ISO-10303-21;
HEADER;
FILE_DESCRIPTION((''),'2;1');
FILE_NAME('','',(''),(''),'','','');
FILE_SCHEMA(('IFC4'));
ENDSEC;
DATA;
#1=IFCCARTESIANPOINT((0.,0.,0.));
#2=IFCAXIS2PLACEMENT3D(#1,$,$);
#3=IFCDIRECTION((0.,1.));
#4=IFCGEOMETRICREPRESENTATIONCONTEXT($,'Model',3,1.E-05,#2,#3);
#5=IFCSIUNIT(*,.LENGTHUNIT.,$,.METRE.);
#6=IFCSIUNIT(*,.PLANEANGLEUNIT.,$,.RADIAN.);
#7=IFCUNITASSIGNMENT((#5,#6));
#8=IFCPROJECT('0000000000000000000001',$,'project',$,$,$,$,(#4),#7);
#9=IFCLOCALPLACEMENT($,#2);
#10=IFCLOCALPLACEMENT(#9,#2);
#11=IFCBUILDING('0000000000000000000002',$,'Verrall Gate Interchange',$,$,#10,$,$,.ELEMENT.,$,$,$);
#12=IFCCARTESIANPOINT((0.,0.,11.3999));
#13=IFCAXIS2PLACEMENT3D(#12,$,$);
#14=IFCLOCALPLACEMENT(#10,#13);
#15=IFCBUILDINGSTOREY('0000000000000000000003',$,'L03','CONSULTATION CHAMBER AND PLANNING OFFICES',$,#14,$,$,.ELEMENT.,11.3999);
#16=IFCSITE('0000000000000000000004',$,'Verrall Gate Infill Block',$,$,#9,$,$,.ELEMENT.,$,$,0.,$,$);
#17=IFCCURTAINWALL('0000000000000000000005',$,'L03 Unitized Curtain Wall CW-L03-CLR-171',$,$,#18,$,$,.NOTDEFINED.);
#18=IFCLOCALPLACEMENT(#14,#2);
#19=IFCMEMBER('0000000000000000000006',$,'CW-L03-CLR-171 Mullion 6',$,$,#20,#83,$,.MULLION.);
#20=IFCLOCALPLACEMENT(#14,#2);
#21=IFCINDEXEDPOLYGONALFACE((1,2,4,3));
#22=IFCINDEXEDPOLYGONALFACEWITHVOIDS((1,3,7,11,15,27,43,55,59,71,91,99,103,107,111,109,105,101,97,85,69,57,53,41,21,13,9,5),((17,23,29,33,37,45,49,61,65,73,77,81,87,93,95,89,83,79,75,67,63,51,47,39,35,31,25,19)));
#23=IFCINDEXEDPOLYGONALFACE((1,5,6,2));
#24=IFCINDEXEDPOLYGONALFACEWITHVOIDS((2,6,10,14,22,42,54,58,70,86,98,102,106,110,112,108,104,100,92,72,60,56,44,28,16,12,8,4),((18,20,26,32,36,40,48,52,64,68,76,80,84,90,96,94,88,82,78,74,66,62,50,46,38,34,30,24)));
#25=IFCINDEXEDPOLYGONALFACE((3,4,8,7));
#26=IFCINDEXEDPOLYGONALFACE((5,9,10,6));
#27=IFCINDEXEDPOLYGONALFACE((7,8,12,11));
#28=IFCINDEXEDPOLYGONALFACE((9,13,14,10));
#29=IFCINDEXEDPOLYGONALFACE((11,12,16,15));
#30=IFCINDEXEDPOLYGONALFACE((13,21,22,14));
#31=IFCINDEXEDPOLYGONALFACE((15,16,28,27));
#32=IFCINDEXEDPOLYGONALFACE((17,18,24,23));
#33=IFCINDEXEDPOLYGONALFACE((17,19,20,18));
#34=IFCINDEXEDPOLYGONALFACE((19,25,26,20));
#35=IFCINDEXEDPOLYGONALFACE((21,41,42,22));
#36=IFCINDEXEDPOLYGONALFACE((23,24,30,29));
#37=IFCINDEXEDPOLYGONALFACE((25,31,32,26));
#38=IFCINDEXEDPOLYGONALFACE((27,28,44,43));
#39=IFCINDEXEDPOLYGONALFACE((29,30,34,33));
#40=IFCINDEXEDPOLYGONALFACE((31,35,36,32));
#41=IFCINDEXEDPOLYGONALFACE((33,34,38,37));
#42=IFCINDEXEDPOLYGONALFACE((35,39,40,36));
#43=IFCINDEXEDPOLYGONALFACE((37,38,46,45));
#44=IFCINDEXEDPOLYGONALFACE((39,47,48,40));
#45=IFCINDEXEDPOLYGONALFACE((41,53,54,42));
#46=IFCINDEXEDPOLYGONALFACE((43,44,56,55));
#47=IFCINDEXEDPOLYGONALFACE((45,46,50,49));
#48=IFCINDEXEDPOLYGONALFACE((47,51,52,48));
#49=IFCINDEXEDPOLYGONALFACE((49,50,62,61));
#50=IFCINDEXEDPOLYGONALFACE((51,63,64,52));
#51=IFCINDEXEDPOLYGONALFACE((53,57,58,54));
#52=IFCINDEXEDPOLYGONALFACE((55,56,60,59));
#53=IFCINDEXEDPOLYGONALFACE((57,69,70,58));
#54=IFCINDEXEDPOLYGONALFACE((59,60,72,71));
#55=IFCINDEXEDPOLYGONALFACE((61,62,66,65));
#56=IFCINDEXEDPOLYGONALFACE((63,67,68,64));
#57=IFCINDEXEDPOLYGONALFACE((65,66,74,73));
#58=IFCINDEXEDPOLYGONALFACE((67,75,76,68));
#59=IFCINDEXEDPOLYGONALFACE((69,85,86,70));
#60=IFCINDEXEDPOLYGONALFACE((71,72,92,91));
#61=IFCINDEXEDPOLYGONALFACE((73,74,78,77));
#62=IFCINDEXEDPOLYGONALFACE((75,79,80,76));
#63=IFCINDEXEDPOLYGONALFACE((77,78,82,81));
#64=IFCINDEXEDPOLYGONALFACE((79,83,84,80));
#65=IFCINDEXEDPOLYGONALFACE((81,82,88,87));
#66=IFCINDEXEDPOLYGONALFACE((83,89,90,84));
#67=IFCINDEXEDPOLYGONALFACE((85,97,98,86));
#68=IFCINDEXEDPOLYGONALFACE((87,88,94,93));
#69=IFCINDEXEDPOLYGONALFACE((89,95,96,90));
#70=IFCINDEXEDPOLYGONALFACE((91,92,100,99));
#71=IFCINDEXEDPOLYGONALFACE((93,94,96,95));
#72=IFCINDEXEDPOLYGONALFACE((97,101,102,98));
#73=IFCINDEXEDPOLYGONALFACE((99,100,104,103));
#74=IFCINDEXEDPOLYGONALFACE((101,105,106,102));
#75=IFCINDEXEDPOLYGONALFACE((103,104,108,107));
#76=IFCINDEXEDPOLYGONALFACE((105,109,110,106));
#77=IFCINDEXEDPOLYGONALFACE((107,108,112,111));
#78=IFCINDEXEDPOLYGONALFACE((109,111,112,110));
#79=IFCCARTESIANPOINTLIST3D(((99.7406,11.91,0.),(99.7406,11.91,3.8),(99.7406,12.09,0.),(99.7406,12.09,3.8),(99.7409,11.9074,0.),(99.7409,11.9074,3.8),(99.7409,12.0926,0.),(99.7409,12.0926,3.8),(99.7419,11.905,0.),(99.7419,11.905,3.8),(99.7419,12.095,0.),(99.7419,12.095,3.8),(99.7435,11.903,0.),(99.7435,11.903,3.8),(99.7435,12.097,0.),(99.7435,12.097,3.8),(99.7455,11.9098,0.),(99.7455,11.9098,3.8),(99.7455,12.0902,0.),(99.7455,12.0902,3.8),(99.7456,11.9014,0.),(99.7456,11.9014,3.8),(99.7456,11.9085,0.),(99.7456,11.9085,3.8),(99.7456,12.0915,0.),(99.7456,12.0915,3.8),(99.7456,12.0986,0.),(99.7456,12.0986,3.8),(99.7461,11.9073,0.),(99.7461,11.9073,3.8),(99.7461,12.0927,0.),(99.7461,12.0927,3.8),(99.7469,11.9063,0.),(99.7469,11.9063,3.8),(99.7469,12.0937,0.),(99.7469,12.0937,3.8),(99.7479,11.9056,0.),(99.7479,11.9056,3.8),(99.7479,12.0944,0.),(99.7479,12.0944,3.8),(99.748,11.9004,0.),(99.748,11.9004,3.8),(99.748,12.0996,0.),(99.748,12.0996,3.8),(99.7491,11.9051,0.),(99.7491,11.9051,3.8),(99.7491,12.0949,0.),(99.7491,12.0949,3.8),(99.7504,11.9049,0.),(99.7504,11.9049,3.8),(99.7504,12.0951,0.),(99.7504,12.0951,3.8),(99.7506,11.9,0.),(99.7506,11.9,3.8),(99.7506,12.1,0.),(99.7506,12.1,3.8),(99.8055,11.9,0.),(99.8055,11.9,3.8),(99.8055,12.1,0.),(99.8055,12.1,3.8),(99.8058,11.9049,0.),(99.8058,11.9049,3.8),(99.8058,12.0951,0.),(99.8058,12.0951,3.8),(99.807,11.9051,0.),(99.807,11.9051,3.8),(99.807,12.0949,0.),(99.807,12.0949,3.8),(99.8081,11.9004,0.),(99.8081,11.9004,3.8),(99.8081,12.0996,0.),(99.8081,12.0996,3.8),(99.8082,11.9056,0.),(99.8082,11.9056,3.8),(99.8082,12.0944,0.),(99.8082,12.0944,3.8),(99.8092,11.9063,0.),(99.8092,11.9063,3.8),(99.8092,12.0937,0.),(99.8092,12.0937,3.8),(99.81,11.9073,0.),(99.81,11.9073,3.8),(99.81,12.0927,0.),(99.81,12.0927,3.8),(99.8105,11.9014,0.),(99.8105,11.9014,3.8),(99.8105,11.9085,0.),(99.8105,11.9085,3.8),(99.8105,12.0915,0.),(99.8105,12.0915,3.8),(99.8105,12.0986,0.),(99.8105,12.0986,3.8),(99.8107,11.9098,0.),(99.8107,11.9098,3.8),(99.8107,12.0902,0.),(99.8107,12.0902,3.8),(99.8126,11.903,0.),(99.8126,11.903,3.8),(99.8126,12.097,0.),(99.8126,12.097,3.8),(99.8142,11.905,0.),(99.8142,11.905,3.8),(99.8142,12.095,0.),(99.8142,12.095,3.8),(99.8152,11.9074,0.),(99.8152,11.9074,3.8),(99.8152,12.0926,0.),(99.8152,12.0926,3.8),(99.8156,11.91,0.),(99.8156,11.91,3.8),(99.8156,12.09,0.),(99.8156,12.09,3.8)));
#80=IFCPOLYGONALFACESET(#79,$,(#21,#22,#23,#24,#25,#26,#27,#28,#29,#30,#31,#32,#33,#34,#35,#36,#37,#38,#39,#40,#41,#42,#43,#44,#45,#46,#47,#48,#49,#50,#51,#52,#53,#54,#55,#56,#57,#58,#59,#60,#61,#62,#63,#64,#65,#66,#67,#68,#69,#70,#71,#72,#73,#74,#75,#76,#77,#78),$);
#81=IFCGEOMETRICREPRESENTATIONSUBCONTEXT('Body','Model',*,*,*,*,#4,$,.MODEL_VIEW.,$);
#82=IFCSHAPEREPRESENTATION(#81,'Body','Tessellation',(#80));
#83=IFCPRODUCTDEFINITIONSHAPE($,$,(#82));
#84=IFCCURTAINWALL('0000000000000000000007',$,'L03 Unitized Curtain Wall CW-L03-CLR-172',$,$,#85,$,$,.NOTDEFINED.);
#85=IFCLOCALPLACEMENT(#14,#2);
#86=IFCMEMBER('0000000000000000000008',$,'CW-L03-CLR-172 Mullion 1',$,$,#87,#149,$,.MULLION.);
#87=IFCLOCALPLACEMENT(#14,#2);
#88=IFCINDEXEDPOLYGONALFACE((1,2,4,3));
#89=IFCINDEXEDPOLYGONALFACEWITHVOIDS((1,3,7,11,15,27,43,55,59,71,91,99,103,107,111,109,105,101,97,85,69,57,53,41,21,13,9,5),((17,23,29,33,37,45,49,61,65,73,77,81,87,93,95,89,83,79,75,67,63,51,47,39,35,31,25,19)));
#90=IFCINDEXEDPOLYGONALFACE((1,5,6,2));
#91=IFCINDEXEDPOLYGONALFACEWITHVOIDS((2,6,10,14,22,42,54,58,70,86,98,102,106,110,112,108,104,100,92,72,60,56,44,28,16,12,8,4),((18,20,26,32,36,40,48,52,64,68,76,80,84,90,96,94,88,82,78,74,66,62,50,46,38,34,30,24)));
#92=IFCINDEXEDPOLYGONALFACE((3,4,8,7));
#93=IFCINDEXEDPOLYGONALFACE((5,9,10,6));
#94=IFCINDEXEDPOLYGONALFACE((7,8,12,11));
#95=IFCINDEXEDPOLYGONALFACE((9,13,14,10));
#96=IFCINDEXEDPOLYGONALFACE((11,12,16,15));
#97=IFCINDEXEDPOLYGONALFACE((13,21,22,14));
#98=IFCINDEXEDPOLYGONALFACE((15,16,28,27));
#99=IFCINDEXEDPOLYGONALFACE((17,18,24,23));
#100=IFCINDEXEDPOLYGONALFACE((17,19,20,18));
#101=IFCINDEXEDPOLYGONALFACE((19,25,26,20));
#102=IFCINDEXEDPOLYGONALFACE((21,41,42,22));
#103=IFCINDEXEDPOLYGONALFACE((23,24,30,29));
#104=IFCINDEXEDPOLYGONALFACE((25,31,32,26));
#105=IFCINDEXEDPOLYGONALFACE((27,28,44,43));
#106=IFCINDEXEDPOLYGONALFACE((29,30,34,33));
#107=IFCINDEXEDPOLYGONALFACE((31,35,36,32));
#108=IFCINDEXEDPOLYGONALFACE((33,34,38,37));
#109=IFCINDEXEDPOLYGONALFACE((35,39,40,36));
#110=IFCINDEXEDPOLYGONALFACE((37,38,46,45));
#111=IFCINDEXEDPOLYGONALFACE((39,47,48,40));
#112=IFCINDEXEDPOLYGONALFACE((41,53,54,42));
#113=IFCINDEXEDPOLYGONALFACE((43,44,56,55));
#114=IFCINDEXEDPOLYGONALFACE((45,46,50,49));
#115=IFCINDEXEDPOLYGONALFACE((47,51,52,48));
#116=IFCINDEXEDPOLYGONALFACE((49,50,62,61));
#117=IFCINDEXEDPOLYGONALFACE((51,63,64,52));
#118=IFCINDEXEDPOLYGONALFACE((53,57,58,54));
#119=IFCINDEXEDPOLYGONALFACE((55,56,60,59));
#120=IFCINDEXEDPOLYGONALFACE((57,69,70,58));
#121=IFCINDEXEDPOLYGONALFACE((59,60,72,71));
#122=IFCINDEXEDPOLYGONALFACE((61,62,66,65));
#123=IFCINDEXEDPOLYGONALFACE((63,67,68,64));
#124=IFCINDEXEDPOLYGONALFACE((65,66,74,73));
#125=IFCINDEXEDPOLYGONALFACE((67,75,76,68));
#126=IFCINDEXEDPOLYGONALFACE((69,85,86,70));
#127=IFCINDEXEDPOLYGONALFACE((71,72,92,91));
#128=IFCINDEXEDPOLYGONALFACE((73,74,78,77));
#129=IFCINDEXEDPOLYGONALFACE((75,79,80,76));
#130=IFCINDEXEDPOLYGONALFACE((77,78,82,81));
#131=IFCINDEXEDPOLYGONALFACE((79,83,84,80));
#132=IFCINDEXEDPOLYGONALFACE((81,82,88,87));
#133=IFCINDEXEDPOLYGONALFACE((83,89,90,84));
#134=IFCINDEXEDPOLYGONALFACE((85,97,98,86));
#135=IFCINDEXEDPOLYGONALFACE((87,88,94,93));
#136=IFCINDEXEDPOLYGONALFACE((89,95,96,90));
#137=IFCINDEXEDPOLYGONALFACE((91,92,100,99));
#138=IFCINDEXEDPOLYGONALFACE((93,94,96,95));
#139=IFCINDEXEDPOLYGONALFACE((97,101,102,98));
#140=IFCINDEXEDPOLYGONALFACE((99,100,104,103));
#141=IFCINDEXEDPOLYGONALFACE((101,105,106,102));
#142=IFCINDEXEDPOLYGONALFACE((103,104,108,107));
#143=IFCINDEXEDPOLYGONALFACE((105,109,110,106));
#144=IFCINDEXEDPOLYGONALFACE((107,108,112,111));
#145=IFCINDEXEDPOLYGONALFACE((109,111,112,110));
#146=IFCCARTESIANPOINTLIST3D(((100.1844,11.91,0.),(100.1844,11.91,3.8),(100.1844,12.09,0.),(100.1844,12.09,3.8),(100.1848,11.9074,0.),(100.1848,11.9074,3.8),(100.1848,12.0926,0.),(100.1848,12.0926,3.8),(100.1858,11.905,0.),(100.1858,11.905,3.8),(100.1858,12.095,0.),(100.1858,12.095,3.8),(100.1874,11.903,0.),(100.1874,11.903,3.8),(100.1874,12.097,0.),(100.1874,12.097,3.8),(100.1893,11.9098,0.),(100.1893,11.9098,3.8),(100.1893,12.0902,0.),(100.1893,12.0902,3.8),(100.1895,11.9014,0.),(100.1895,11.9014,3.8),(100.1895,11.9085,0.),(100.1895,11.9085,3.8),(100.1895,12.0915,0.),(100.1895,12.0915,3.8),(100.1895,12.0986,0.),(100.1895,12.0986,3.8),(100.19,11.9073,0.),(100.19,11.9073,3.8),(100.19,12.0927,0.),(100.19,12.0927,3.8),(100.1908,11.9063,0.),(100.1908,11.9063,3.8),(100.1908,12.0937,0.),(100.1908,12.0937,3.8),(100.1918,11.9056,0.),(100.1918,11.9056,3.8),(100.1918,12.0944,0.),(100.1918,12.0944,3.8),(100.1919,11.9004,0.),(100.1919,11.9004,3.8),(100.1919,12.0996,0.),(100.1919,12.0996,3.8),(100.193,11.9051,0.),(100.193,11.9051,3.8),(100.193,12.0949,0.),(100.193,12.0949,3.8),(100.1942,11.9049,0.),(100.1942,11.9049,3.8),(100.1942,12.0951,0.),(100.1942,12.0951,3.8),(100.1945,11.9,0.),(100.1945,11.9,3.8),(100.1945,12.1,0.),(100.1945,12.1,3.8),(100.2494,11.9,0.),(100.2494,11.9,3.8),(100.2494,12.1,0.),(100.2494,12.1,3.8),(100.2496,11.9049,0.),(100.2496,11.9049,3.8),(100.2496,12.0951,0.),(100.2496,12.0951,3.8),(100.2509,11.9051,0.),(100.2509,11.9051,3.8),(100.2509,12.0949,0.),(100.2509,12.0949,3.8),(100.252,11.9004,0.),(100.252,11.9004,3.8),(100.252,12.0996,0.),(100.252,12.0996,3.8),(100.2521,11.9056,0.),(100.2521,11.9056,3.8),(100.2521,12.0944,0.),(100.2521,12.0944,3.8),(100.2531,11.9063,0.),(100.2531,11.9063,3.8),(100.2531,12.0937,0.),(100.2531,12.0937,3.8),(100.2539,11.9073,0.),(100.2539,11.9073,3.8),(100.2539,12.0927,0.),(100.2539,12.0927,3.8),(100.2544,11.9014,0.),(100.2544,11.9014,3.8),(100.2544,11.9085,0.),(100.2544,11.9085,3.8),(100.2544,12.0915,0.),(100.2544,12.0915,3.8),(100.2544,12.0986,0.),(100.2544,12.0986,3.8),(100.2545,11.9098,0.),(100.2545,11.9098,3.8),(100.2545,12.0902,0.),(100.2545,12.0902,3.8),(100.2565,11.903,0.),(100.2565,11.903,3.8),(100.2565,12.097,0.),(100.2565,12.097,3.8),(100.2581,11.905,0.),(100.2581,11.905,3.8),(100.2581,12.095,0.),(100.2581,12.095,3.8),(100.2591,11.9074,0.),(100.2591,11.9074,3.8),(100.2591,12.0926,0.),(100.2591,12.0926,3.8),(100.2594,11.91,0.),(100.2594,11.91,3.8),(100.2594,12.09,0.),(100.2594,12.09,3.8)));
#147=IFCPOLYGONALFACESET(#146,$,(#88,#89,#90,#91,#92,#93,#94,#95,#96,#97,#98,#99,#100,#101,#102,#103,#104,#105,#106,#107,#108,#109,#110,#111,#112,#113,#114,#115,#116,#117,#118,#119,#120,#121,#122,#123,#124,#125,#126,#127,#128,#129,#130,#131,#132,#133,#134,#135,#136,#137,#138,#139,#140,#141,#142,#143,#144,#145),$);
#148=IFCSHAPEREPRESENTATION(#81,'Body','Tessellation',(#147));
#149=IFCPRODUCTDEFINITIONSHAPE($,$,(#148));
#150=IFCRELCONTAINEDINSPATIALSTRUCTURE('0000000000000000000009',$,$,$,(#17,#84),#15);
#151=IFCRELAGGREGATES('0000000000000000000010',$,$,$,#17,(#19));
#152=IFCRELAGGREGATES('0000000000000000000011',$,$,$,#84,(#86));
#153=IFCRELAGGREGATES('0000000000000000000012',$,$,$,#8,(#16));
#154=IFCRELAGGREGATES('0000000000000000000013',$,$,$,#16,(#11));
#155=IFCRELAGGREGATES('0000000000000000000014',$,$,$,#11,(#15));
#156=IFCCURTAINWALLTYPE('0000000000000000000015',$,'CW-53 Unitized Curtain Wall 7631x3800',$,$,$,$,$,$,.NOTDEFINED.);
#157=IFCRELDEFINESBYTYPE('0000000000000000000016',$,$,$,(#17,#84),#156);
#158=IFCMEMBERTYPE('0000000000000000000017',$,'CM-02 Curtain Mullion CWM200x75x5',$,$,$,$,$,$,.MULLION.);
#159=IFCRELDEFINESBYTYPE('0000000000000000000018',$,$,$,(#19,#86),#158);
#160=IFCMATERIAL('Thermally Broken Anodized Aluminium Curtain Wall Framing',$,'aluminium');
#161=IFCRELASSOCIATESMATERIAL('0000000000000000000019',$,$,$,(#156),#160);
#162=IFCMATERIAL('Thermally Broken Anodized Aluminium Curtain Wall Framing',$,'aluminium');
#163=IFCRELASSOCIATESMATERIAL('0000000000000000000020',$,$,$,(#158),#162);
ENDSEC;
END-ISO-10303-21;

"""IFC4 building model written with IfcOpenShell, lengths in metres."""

from ifc_helpers import new_model, si_unit, direction, frame, origin, origin_2d, place, context, subcontext, project, spatial, hollow_rectangle, extrude, material, material_profile, profile_set, type_object, element, aggregate, save


model = new_model("IFC4")

# Units and contexts
model_context = context("Model", 3, precision=1e-05, world=origin(), true_north=direction((0.0, 1.0)))
body_context = subcontext(model_context, "Body", "Model", "MODEL_VIEW")
ifc_project = project(units=[si_unit("LENGTHUNIT", "METRE"), si_unit("PLANEANGLEUNIT", "RADIAN")], contexts=[model_context])

# Site, building, storey
site_placement = place(None, origin())
site = spatial("IfcSite", under=ifc_project, at=site_placement, Name="Verrall Gate Infill Block", CompositionType="ELEMENT", RefElevation=0.0)
building_placement = place(site_placement, origin())
building = spatial("IfcBuilding", under=site, at=building_placement, Name="Verrall Gate Interchange", CompositionType="ELEMENT")
storey_placement = place(building_placement, frame((0.0, 0.0, 11.3999)))
storey = spatial("IfcBuildingStorey", under=building, at=storey_placement, Name="L03", Description="CONSULTATION CHAMBER AND PLANNING OFFICES", CompositionType="ELEMENT", Elevation=11.3999)

# Curtain walls, members
ifc_material_1 = material(Name="Thermally Broken Anodized Aluminium Curtain Wall Framing", Category="aluminium")
curtain_wall_type = type_object("IfcCurtainWallType", Name="CW-53 Unitized Curtain Wall 7631x3800", PredefinedType="NOTDEFINED", material=ifc_material_1)
curtain_wall_1_placement = place(storey_placement, origin())
curtain_wall_1 = element("IfcCurtainWall", 1, at=curtain_wall_1_placement, inside=storey, type_object=curtain_wall_type, Name="L03 Unitized Curtain Wall CW-L03-CLR-171", PredefinedType="NOTDEFINED")
ifc_material_2 = material(Name="Thermally Broken Anodized Aluminium Curtain Wall Framing", Category="aluminium")
ifc_material_profile_1 = material_profile(ifc_material_2, hollow_rectangle(XDim=0.075, YDim=0.2, WallThickness=0.0049, InnerFilletRadius=0.0049, OuterFilletRadius=0.01, at=origin_2d()), Name="CWM200x75x5")
ifc_profile_set_1 = profile_set([ifc_material_profile_1], Name="Thermally Broken Anodized Aluminium Curtain Wall Framing")
member_type_1 = type_object("IfcMemberType", Name="CM-02 Curtain Mullion CWM200x75x5", PredefinedType="MULLION", material=ifc_profile_set_1)
member_1_placement = place(storey_placement, frame((99.7781, 12.0, 0.0), z_axis=(0.0, 0.0, 1.0), x_axis=(1.0, 0.0, 0.0)))
member_1 = element("IfcMember", 2, at=member_1_placement, type_object=member_type_1, Name="CW-L03-CLR-171 Mullion 6", PredefinedType="MULLION", context=body_context, shape_type="SweptSolid", body=[
    extrude(hollow_rectangle(XDim=0.075, YDim=0.2, WallThickness=0.0049, InnerFilletRadius=0.0049, OuterFilletRadius=0.01, at=origin_2d()), origin(), (0.0, 0.0, 1.0), 3.8),
])
curtain_wall_2_placement = place(storey_placement, origin())
curtain_wall_2 = element("IfcCurtainWall", 3, at=curtain_wall_2_placement, inside=storey, type_object=curtain_wall_type, Name="L03 Unitized Curtain Wall CW-L03-CLR-172", PredefinedType="NOTDEFINED")
member_2_placement = place(storey_placement, frame((100.2219, 12.0, 0.0), z_axis=(0.0, 0.0, 1.0), x_axis=(1.0, 0.0, 0.0)))
member_2 = element("IfcMember", 4, at=member_2_placement, type_object=member_type_1, Name="CW-L03-CLR-172 Mullion 1", PredefinedType="MULLION", context=body_context, shape_type="SweptSolid", body=[
    extrude(hollow_rectangle(XDim=0.075, YDim=0.2, WallThickness=0.0049, InnerFilletRadius=0.0049, OuterFilletRadius=0.01, at=origin_2d()), origin(), (0.0, 0.0, 1.0), 3.8),
])

aggregate(curtain_wall_1, [member_1])
aggregate(curtain_wall_2, [member_2])

save(model, "model.ifc")
